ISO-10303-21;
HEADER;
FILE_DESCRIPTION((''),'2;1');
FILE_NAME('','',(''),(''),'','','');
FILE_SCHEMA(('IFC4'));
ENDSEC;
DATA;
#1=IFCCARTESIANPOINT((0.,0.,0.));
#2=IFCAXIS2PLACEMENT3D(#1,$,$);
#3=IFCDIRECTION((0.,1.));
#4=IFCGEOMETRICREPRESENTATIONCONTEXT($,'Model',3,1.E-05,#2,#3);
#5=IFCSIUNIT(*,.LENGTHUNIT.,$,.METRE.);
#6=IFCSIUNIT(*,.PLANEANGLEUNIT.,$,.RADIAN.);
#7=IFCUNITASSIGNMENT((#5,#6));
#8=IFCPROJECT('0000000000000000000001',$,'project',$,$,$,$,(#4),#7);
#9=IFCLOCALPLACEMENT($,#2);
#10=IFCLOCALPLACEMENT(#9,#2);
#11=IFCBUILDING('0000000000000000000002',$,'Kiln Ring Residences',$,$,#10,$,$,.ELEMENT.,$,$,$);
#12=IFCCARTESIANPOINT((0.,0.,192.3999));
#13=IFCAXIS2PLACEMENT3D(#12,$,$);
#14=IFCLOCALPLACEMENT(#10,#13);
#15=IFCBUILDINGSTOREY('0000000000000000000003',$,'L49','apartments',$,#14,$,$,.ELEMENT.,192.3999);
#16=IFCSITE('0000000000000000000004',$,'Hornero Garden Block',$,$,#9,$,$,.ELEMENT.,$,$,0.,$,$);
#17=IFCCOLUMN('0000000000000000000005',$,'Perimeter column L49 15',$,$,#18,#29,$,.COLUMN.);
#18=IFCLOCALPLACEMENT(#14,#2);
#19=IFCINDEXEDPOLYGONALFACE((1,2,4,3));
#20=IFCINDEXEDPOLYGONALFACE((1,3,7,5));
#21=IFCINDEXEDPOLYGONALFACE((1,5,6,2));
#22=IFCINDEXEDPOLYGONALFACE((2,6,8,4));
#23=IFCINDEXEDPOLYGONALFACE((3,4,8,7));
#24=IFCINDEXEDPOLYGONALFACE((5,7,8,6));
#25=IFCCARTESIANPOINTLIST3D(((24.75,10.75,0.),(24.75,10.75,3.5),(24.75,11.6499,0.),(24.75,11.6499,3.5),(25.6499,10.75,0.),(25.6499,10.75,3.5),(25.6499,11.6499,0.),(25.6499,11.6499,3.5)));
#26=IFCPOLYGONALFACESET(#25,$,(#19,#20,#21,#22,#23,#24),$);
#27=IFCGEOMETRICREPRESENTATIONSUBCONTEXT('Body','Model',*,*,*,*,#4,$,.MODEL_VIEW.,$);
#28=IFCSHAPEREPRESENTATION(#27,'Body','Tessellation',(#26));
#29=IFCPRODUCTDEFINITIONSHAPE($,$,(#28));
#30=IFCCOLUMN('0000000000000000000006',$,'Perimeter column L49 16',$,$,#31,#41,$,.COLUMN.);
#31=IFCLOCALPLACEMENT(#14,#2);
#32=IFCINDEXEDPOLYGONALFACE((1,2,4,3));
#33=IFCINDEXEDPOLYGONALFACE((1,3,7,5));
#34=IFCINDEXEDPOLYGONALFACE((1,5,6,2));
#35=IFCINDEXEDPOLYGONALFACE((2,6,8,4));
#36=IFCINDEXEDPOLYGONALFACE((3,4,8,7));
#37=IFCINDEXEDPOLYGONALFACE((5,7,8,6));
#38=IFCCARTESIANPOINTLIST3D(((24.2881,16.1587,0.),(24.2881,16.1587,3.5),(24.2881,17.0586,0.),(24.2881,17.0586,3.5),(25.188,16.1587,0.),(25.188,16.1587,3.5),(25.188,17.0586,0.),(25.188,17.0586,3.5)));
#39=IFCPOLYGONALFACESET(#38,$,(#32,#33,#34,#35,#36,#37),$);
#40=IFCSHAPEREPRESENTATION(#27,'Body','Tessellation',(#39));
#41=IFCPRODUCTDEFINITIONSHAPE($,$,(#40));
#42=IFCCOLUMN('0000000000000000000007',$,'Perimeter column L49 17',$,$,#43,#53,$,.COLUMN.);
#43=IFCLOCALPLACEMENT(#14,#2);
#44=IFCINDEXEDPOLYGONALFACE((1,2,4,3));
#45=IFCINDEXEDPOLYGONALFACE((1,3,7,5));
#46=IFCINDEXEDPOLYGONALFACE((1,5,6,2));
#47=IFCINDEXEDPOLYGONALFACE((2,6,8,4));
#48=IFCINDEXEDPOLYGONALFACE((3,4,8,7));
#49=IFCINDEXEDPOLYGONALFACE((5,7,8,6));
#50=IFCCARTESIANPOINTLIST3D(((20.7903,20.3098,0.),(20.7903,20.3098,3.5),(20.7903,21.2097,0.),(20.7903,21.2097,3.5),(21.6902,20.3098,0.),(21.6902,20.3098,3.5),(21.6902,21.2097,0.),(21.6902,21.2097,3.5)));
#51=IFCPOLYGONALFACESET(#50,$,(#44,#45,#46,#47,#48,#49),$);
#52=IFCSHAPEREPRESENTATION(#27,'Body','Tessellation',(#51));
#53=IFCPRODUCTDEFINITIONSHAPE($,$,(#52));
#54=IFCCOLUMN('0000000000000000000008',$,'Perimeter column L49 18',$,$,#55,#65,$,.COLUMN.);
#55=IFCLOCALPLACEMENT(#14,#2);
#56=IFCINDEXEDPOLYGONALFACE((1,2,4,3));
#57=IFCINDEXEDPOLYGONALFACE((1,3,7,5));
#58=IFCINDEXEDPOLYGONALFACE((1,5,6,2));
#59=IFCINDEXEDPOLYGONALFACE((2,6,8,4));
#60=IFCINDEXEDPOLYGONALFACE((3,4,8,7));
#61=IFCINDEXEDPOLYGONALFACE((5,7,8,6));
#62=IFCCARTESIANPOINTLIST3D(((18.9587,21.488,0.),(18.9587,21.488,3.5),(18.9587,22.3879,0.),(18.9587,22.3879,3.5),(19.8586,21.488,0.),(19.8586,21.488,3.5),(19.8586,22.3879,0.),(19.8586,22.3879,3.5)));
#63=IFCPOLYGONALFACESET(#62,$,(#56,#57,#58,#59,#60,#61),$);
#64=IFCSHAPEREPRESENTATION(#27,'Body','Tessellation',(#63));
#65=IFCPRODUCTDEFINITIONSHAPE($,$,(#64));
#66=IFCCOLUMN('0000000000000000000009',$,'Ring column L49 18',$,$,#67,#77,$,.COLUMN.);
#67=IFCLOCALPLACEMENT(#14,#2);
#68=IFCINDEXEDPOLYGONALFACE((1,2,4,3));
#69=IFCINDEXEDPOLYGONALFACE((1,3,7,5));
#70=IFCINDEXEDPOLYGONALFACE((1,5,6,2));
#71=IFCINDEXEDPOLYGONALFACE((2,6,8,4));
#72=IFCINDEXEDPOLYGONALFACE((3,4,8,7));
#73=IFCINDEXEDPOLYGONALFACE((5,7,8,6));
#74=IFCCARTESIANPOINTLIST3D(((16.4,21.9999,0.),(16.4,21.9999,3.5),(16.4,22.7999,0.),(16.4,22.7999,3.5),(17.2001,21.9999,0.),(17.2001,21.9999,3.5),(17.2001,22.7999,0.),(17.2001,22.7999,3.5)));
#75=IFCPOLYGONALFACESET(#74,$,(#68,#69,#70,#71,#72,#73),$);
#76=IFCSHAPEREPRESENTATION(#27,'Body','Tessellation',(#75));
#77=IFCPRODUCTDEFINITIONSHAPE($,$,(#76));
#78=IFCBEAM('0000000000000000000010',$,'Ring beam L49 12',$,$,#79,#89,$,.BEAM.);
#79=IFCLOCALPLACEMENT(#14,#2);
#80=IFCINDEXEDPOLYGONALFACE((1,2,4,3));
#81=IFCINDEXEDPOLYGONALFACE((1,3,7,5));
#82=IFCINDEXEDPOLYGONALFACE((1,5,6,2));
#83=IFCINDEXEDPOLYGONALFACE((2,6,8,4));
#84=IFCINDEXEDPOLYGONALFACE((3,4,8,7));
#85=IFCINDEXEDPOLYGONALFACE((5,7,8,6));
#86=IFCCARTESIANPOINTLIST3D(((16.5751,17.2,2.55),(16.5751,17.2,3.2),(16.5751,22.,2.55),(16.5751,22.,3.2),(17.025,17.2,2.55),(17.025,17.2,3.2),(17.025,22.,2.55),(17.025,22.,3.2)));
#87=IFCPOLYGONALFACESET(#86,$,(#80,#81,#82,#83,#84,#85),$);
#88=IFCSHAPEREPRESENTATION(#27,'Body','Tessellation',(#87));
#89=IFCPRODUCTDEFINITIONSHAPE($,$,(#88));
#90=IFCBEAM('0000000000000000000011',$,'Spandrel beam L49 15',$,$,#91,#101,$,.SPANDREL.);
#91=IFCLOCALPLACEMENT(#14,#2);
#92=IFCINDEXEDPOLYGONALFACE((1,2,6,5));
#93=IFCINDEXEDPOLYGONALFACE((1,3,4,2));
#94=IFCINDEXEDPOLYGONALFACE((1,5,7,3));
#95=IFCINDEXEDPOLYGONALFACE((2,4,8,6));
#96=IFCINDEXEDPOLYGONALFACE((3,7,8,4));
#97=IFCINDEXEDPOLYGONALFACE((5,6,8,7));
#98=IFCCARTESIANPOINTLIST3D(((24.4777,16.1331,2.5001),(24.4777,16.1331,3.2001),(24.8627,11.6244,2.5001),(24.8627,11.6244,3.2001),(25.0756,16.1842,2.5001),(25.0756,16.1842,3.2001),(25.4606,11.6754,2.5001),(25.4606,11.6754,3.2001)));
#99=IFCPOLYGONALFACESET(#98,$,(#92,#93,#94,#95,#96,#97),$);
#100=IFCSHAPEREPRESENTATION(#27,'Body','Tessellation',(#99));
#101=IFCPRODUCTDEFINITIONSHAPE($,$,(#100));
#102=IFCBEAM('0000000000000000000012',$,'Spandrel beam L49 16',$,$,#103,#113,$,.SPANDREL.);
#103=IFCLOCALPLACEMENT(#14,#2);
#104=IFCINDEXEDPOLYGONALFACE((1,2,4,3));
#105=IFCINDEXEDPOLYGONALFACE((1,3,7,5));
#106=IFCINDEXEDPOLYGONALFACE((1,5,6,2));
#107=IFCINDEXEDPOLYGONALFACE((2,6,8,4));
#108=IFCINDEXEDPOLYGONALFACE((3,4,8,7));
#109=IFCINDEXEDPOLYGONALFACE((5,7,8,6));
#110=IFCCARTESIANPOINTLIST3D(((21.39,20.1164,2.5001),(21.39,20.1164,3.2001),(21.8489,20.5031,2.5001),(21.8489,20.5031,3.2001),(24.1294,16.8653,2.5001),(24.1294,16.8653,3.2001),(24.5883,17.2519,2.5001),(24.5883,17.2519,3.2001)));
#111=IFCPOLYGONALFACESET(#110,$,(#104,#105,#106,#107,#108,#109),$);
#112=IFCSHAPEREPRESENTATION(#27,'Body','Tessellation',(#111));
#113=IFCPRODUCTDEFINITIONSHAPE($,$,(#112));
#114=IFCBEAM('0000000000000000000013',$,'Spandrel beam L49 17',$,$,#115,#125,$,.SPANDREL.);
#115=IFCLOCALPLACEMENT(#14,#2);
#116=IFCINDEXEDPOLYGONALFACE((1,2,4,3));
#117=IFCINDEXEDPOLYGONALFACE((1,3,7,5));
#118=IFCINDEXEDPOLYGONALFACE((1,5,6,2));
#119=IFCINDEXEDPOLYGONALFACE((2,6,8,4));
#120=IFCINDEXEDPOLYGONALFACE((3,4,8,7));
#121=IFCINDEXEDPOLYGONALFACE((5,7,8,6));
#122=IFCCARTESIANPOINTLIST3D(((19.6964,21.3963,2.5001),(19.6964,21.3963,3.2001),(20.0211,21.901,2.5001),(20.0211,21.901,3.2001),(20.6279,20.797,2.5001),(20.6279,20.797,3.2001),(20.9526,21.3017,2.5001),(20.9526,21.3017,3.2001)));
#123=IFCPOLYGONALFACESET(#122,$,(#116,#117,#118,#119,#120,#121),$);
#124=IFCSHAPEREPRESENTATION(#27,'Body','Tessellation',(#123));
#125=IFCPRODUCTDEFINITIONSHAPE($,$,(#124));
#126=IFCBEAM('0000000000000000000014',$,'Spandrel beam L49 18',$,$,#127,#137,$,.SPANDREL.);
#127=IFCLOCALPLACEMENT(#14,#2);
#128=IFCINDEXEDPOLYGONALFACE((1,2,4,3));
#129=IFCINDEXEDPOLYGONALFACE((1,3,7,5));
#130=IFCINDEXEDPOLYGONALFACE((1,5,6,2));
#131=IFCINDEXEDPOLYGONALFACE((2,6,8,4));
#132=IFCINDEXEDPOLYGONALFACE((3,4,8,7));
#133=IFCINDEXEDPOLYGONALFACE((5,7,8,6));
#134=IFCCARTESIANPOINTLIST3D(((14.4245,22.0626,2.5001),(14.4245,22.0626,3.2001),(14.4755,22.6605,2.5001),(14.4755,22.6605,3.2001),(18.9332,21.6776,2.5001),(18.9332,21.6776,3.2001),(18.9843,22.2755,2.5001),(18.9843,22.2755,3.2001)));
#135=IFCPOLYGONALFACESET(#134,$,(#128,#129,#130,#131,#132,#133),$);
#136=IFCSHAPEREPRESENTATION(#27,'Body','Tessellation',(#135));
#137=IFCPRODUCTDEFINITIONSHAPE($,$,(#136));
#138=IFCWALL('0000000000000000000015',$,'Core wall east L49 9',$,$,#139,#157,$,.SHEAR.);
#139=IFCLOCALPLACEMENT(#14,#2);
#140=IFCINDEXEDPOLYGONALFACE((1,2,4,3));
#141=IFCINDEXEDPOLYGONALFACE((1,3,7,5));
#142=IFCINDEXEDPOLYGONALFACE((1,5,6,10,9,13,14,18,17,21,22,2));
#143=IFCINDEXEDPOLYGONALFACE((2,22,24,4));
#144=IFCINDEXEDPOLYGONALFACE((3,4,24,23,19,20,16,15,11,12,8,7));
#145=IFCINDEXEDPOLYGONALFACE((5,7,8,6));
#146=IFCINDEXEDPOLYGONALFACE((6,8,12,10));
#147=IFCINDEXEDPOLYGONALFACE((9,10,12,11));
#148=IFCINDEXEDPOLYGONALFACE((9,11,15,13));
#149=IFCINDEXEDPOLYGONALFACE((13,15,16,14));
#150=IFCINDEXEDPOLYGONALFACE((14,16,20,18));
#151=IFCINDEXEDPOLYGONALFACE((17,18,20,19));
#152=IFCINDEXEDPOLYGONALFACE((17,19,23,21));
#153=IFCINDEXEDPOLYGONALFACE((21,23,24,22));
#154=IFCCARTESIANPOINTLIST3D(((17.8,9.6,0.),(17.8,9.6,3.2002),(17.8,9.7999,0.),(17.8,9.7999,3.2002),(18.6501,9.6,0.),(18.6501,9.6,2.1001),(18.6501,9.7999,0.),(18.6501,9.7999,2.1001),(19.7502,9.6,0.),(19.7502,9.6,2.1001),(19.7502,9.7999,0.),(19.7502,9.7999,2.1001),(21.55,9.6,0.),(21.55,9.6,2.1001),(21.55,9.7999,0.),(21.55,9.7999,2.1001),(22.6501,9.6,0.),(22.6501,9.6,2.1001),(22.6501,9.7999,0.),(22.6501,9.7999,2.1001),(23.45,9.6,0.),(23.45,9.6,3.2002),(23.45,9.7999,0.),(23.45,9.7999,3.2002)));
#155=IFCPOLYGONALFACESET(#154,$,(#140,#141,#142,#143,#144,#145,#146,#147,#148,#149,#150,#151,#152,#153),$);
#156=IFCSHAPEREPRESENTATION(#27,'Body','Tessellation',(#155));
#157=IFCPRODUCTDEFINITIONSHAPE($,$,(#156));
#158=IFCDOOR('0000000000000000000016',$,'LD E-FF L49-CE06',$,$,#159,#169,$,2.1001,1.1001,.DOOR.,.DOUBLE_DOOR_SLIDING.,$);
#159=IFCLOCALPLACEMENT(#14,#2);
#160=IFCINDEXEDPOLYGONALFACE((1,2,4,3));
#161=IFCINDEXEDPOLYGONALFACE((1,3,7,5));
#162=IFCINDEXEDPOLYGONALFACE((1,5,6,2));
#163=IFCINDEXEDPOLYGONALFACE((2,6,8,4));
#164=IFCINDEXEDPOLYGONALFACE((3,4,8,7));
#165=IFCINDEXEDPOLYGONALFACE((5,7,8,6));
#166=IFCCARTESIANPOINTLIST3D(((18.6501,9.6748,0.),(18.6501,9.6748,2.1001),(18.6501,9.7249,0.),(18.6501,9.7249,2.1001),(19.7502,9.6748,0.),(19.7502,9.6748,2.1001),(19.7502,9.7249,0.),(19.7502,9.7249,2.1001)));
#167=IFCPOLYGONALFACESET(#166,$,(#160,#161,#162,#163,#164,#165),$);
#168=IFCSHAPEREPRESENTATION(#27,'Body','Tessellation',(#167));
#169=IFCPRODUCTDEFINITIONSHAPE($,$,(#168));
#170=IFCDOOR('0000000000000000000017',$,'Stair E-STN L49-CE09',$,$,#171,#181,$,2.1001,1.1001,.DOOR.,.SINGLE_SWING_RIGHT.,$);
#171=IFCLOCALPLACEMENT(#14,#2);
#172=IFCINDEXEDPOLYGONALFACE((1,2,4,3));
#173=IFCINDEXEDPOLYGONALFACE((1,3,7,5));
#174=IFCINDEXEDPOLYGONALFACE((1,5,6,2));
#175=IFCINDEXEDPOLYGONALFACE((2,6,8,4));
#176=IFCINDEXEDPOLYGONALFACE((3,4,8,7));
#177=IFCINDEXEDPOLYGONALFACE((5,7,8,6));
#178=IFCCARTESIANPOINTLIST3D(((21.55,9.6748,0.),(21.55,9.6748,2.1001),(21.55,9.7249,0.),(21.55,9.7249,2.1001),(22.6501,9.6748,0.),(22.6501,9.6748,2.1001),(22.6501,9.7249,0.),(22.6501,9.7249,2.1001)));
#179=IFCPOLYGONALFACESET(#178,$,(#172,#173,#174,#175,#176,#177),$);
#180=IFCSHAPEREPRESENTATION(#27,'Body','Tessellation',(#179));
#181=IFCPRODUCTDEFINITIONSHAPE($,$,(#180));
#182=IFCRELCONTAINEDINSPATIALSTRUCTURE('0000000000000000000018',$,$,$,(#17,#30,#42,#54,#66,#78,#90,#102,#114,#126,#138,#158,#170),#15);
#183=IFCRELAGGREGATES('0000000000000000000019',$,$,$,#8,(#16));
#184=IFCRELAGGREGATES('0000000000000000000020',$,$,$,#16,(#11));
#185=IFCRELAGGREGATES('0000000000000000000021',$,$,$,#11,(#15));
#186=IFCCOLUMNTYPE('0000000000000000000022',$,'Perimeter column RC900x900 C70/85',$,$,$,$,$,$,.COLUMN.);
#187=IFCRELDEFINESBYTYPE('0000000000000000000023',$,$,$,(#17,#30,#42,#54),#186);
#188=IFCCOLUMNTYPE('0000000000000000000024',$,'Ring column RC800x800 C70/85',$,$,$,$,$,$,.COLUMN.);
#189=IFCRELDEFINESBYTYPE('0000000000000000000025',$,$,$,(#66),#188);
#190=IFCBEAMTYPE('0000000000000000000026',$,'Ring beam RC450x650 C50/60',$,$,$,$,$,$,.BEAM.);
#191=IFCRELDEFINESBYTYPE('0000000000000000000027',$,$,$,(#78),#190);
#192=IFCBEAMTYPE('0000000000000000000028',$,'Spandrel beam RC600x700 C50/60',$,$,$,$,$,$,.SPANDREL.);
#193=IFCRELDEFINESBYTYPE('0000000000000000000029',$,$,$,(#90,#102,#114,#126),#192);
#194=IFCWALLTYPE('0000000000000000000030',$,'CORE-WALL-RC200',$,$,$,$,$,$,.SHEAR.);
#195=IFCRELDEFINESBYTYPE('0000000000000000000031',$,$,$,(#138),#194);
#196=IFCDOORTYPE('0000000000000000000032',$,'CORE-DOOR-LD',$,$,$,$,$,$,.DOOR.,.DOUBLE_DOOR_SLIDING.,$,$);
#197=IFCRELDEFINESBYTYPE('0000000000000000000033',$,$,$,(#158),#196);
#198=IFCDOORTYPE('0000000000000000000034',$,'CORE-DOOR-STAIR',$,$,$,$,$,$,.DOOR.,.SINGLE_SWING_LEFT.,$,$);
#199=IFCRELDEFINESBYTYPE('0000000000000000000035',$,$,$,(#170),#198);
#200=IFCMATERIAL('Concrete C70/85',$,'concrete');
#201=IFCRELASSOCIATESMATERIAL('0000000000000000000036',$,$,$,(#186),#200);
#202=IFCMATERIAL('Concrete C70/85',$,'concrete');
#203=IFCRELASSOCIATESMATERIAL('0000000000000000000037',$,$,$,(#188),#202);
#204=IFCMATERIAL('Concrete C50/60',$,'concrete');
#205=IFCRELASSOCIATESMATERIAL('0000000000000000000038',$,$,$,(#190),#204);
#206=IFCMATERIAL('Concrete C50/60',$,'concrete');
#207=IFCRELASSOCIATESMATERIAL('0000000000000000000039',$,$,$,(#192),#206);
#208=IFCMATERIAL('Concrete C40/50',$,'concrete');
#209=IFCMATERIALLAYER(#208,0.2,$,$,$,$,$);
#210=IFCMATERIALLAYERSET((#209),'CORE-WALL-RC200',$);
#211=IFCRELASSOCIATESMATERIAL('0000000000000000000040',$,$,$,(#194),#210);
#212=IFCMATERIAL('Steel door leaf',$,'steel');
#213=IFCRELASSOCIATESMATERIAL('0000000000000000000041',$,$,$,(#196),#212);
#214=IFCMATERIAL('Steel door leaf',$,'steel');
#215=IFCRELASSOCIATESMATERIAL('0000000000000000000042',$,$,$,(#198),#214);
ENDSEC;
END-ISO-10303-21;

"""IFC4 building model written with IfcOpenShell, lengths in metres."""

from ifc_helpers import new_model, si_unit, direction, frame, frame_2d, origin, origin_2d, place, context, subcontext, project, spatial, rectangle, extrude, material, layer, layer_set, material_profile, profile_set, type_object, element, fill, save


model = new_model("IFC4")

# Units and contexts
model_context = context("Model", 3, precision=1e-05, world=origin(), true_north=direction((0.0, 1.0)))
body_context = subcontext(model_context, "Body", "Model", "MODEL_VIEW")
ifc_project = project(units=[si_unit("LENGTHUNIT", "METRE"), si_unit("PLANEANGLEUNIT", "RADIAN")], contexts=[model_context])

# Site, building, storey
site_placement = place(None, origin())
site = spatial("IfcSite", under=ifc_project, at=site_placement, Name="Hornero Garden Block", CompositionType="ELEMENT", RefElevation=0.0)
building_placement = place(site_placement, origin())
building = spatial("IfcBuilding", under=site, at=building_placement, Name="Kiln Ring Residences", CompositionType="ELEMENT")
storey_placement = place(building_placement, frame((0.0, 0.0, 192.3999)))
storey = spatial("IfcBuildingStorey", under=building, at=storey_placement, Name="L49", Description="apartments", CompositionType="ELEMENT", Elevation=192.3999)

# Columns
ifc_material_1 = material(Name="Concrete C70/85", Category="concrete")
ifc_material_profile_1 = material_profile(ifc_material_1, rectangle(XDim=0.8999, YDim=0.8999, at=origin_2d()), Name="RC900x900")
ifc_profile_set_1 = profile_set([ifc_material_profile_1], Name="Concrete C70/85")
column_type_1 = type_object("IfcColumnType", Name="Perimeter column RC900x900 C70/85", PredefinedType="COLUMN", material=ifc_profile_set_1)
for number, where, z_axis, x_axis, name in (
    (1, (25.2, 11.2, 0.0), (0.0, 0.0, 1.0), (1.0, 0.0, 0.0), "Perimeter column L49 15"),
    (2, (24.738, 16.6086, 0.0), (0.0, 0.0, 1.0), (1.0, 0.0, 0.0), "Perimeter column L49 16"),
    (3, (21.2402, 20.7598, 0.0), (0.0, 0.0, 1.0), (1.0, 0.0, 0.0), "Perimeter column L49 17"),
    (4, (19.4087, 21.938, 0.0), (0.0, 0.0, 1.0), (1.0, 0.0, 0.0), "Perimeter column L49 18"),
):
    element("IfcColumn", number, at=place(storey_placement, frame(where, z_axis=z_axis, x_axis=x_axis)), inside=storey, type_object=column_type_1, Name=name, PredefinedType="COLUMN", context=body_context, shape_type="SweptSolid", body=[
        extrude(rectangle(XDim=0.8999, YDim=0.8999, at=origin_2d()), origin(), (0.0, 0.0, 1.0), 3.5),
    ])
ifc_material_2 = material(Name="Concrete C70/85", Category="concrete")
ifc_material_profile_2 = material_profile(ifc_material_2, rectangle(XDim=0.8, YDim=0.8, at=origin_2d()), Name="RC800x800")
ifc_profile_set_2 = profile_set([ifc_material_profile_2], Name="Concrete C70/85")
column_type_2 = type_object("IfcColumnType", Name="Ring column RC800x800 C70/85", PredefinedType="COLUMN", material=ifc_profile_set_2)
column_placement = place(storey_placement, frame((16.8, 22.3999, 0.0), z_axis=(0.0, 0.0, 1.0), x_axis=(1.0, 0.0, 0.0)))
element("IfcColumn", 5, at=column_placement, inside=storey, type_object=column_type_2, Name="Ring column L49 18", PredefinedType="COLUMN", context=body_context, shape_type="SweptSolid", body=[
    extrude(rectangle(XDim=0.8, YDim=0.8, at=origin_2d()), origin(), (0.0, 0.0, 1.0), 3.5),
])

# Beams
ifc_material_3 = material(Name="Concrete C50/60", Category="concrete")
ifc_material_profile_3 = material_profile(ifc_material_3, rectangle(XDim=0.45, YDim=0.6499, at=origin_2d()), Name="RC450x650")
ifc_profile_set_3 = profile_set([ifc_material_profile_3], Name="Concrete C50/60")
beam_type_1 = type_object("IfcBeamType", Name="Ring beam RC450x650 C50/60", PredefinedType="BEAM", material=ifc_profile_set_3)
beam_1_placement = place(storey_placement, frame((16.8, 17.2, 2.875), z_axis=(0.0, 1.0, 0.0), x_axis=(-1.0, 0.0, 0.0)))
element("IfcBeam", 6, at=beam_1_placement, inside=storey, type_object=beam_type_1, Name="Ring beam L49 12", PredefinedType="BEAM", context=body_context, shape_type="SweptSolid", body=[
    extrude(rectangle(XDim=0.45, YDim=0.6499, at=origin_2d()), origin(), (0.0, 0.0, 1.0), 4.8),
])
ifc_material_4 = material(Name="Concrete C50/60", Category="concrete")
ifc_material_profile_4 = material_profile(ifc_material_4, rectangle(XDim=0.6001, YDim=0.7, at=origin_2d()), Name="RC600x700")
ifc_profile_set_4 = profile_set([ifc_material_profile_4], Name="Concrete C50/60")
beam_type_2 = type_object("IfcBeamType", Name="Spandrel beam RC600x700 C50/60", PredefinedType="SPANDREL", material=ifc_profile_set_4)
beam_2_placement = place(storey_placement, frame((25.1616, 11.6499, 2.8501), z_axis=(-0.085081, 0.996374, 0.0), x_axis=(-0.996374, -0.085081, 0.0)))
element("IfcBeam", 7, at=beam_2_placement, inside=storey, type_object=beam_type_2, Name="Spandrel beam L49 15", PredefinedType="SPANDREL", context=body_context, shape_type="SweptSolid", body=[
    extrude(rectangle(XDim=0.6001, YDim=0.7, at=origin_2d()), origin(), (0.0, 0.0, 1.0), 4.5251),
])
beam_3_placement = place(storey_placement, frame((24.3589, 17.0586, 2.8501), z_axis=(-0.64436, 0.764722, 0.0), x_axis=(-0.764722, -0.64436, 0.0)))
element("IfcBeam", 8, at=beam_3_placement, inside=storey, type_object=beam_type_2, Name="Spandrel beam L49 16", PredefinedType="SPANDREL", context=body_context, shape_type="SweptSolid", body=[
    extrude(rectangle(XDim=0.6001, YDim=0.7, at=origin_2d()), origin(), (0.0, 0.0, 1.0), 4.2515),
])
beam_4_placement = place(storey_placement, frame((20.7903, 21.0493, 2.8501), z_axis=(-0.840992, 0.541047, 0.0), x_axis=(-0.541047, -0.840992, 0.0)))
element("IfcBeam", 9, at=beam_4_placement, inside=storey, type_object=beam_type_2, Name="Spandrel beam L49 17", PredefinedType="SPANDREL", context=body_context, shape_type="SweptSolid", body=[
    extrude(rectangle(XDim=0.6001, YDim=0.7, at=origin_2d()), origin(), (0.0, 0.0, 1.0), 1.1077),
])
beam_5_placement = place(storey_placement, frame((18.9587, 21.9766, 2.8501), z_axis=(-0.996374, 0.085081, 0.0), x_axis=(-0.085081, -0.996374, 0.0)))
element("IfcBeam", 10, at=beam_5_placement, inside=storey, type_object=beam_type_2, Name="Spandrel beam L49 18", PredefinedType="SPANDREL", context=body_context, shape_type="SweptSolid", body=[
    extrude(rectangle(XDim=0.6001, YDim=0.7, at=origin_2d()), origin(), (0.0, 0.0, 1.0), 4.5251),
])

# Wall, openings, doors
ifc_material_5 = material(Name="Concrete C40/50", Category="concrete")
ifc_layer_1 = layer(ifc_material_5, 0.2)
ifc_layer_set_1 = layer_set([ifc_layer_1], Name="CORE-WALL-RC200")
wall_type_1 = type_object("IfcWallType", Name="CORE-WALL-RC200", PredefinedType="SHEAR", material=ifc_layer_set_1)
wall_1_placement = place(storey_placement, frame((17.8, 9.7, 0.0), z_axis=(0.0, 0.0, 1.0), x_axis=(1.0, 0.0, 0.0)))
wall_1 = element("IfcWall", 11, at=wall_1_placement, inside=storey, type_object=wall_type_1, Name="Core wall east L49 9", PredefinedType="SHEAR", context=body_context, shape_type="SweptSolid", body=[
    extrude(rectangle(XDim=5.6499, YDim=0.2, at=frame_2d((2.825, 0.0))), origin(), (0.0, 0.0, 1.0), 3.2002),
])
opening_1_placement = place(wall_1_placement, frame((0.8501, 0.0, 0.0)))
opening_1 = element("IfcOpeningElement", 12, at=opening_1_placement, cuts=wall_1, PredefinedType="OPENING", context=body_context, shape_type="SweptSolid", body=[
    extrude(rectangle(XDim=1.1001, YDim=2.1001, at=frame_2d((0.55, 1.05))), frame((0.0, 0.1099, 0.0), z_axis=(0.0, -1.0, 0.0), x_axis=(1.0, 0.0, 0.0)), (0.0, 0.0, 1.0), 0.22),
])
opening_2_placement = place(wall_1_placement, frame((3.75, 0.0, 0.0)))
opening_2 = element("IfcOpeningElement", 13, at=opening_2_placement, cuts=wall_1, PredefinedType="OPENING", context=body_context, shape_type="SweptSolid", body=[
    extrude(rectangle(XDim=1.1001, YDim=2.1001, at=frame_2d((0.55, 1.05))), frame((0.0, 0.1099, 0.0), z_axis=(0.0, -1.0, 0.0), x_axis=(1.0, 0.0, 0.0)), (0.0, 0.0, 1.0), 0.22),
])
ifc_material_6 = material(Name="Steel door leaf", Category="steel")
door_type_1 = type_object("IfcDoorType", Name="CORE-DOOR-LD", OperationType="DOUBLE_DOOR_SLIDING", PredefinedType="DOOR", material=ifc_material_6)
door_1_placement = place(opening_1_placement, origin())
door_1 = element("IfcDoor", 14, at=door_1_placement, inside=storey, type_object=door_type_1, Name="LD E-FF L49-CE06", OperationType="DOUBLE_DOOR_SLIDING", OverallHeight=2.1001, OverallWidth=1.1001, PredefinedType="DOOR", context=body_context, shape_type="SweptSolid", body=[
    extrude(rectangle(XDim=1.1001, YDim=2.1001, at=frame_2d((0.55, 1.05))), frame((0.0, 0.0249, 0.0), z_axis=(0.0, -1.0, 0.0), x_axis=(1.0, 0.0, 0.0)), (0.0, 0.0, 1.0), 0.05),
])
fill(opening_1, door_1)
ifc_material_7 = material(Name="Steel door leaf", Category="steel")
door_type_2 = type_object("IfcDoorType", Name="CORE-DOOR-STAIR", OperationType="SINGLE_SWING_LEFT", PredefinedType="DOOR", material=ifc_material_7)
door_2_placement = place(opening_2_placement, origin())
door_2 = element("IfcDoor", 15, at=door_2_placement, inside=storey, type_object=door_type_2, Name="Stair E-STN L49-CE09", OperationType="SINGLE_SWING_RIGHT", OverallHeight=2.1001, OverallWidth=1.1001, PredefinedType="DOOR", context=body_context, shape_type="SweptSolid", body=[
    extrude(rectangle(XDim=1.1001, YDim=2.1001, at=frame_2d((0.55, 1.05))), frame((0.0, 0.0249, 0.0), z_axis=(0.0, -1.0, 0.0), x_axis=(1.0, 0.0, 0.0)), (0.0, 0.0, 1.0), 0.05),
])
fill(opening_2, door_2)

save(model, "model.ifc")
